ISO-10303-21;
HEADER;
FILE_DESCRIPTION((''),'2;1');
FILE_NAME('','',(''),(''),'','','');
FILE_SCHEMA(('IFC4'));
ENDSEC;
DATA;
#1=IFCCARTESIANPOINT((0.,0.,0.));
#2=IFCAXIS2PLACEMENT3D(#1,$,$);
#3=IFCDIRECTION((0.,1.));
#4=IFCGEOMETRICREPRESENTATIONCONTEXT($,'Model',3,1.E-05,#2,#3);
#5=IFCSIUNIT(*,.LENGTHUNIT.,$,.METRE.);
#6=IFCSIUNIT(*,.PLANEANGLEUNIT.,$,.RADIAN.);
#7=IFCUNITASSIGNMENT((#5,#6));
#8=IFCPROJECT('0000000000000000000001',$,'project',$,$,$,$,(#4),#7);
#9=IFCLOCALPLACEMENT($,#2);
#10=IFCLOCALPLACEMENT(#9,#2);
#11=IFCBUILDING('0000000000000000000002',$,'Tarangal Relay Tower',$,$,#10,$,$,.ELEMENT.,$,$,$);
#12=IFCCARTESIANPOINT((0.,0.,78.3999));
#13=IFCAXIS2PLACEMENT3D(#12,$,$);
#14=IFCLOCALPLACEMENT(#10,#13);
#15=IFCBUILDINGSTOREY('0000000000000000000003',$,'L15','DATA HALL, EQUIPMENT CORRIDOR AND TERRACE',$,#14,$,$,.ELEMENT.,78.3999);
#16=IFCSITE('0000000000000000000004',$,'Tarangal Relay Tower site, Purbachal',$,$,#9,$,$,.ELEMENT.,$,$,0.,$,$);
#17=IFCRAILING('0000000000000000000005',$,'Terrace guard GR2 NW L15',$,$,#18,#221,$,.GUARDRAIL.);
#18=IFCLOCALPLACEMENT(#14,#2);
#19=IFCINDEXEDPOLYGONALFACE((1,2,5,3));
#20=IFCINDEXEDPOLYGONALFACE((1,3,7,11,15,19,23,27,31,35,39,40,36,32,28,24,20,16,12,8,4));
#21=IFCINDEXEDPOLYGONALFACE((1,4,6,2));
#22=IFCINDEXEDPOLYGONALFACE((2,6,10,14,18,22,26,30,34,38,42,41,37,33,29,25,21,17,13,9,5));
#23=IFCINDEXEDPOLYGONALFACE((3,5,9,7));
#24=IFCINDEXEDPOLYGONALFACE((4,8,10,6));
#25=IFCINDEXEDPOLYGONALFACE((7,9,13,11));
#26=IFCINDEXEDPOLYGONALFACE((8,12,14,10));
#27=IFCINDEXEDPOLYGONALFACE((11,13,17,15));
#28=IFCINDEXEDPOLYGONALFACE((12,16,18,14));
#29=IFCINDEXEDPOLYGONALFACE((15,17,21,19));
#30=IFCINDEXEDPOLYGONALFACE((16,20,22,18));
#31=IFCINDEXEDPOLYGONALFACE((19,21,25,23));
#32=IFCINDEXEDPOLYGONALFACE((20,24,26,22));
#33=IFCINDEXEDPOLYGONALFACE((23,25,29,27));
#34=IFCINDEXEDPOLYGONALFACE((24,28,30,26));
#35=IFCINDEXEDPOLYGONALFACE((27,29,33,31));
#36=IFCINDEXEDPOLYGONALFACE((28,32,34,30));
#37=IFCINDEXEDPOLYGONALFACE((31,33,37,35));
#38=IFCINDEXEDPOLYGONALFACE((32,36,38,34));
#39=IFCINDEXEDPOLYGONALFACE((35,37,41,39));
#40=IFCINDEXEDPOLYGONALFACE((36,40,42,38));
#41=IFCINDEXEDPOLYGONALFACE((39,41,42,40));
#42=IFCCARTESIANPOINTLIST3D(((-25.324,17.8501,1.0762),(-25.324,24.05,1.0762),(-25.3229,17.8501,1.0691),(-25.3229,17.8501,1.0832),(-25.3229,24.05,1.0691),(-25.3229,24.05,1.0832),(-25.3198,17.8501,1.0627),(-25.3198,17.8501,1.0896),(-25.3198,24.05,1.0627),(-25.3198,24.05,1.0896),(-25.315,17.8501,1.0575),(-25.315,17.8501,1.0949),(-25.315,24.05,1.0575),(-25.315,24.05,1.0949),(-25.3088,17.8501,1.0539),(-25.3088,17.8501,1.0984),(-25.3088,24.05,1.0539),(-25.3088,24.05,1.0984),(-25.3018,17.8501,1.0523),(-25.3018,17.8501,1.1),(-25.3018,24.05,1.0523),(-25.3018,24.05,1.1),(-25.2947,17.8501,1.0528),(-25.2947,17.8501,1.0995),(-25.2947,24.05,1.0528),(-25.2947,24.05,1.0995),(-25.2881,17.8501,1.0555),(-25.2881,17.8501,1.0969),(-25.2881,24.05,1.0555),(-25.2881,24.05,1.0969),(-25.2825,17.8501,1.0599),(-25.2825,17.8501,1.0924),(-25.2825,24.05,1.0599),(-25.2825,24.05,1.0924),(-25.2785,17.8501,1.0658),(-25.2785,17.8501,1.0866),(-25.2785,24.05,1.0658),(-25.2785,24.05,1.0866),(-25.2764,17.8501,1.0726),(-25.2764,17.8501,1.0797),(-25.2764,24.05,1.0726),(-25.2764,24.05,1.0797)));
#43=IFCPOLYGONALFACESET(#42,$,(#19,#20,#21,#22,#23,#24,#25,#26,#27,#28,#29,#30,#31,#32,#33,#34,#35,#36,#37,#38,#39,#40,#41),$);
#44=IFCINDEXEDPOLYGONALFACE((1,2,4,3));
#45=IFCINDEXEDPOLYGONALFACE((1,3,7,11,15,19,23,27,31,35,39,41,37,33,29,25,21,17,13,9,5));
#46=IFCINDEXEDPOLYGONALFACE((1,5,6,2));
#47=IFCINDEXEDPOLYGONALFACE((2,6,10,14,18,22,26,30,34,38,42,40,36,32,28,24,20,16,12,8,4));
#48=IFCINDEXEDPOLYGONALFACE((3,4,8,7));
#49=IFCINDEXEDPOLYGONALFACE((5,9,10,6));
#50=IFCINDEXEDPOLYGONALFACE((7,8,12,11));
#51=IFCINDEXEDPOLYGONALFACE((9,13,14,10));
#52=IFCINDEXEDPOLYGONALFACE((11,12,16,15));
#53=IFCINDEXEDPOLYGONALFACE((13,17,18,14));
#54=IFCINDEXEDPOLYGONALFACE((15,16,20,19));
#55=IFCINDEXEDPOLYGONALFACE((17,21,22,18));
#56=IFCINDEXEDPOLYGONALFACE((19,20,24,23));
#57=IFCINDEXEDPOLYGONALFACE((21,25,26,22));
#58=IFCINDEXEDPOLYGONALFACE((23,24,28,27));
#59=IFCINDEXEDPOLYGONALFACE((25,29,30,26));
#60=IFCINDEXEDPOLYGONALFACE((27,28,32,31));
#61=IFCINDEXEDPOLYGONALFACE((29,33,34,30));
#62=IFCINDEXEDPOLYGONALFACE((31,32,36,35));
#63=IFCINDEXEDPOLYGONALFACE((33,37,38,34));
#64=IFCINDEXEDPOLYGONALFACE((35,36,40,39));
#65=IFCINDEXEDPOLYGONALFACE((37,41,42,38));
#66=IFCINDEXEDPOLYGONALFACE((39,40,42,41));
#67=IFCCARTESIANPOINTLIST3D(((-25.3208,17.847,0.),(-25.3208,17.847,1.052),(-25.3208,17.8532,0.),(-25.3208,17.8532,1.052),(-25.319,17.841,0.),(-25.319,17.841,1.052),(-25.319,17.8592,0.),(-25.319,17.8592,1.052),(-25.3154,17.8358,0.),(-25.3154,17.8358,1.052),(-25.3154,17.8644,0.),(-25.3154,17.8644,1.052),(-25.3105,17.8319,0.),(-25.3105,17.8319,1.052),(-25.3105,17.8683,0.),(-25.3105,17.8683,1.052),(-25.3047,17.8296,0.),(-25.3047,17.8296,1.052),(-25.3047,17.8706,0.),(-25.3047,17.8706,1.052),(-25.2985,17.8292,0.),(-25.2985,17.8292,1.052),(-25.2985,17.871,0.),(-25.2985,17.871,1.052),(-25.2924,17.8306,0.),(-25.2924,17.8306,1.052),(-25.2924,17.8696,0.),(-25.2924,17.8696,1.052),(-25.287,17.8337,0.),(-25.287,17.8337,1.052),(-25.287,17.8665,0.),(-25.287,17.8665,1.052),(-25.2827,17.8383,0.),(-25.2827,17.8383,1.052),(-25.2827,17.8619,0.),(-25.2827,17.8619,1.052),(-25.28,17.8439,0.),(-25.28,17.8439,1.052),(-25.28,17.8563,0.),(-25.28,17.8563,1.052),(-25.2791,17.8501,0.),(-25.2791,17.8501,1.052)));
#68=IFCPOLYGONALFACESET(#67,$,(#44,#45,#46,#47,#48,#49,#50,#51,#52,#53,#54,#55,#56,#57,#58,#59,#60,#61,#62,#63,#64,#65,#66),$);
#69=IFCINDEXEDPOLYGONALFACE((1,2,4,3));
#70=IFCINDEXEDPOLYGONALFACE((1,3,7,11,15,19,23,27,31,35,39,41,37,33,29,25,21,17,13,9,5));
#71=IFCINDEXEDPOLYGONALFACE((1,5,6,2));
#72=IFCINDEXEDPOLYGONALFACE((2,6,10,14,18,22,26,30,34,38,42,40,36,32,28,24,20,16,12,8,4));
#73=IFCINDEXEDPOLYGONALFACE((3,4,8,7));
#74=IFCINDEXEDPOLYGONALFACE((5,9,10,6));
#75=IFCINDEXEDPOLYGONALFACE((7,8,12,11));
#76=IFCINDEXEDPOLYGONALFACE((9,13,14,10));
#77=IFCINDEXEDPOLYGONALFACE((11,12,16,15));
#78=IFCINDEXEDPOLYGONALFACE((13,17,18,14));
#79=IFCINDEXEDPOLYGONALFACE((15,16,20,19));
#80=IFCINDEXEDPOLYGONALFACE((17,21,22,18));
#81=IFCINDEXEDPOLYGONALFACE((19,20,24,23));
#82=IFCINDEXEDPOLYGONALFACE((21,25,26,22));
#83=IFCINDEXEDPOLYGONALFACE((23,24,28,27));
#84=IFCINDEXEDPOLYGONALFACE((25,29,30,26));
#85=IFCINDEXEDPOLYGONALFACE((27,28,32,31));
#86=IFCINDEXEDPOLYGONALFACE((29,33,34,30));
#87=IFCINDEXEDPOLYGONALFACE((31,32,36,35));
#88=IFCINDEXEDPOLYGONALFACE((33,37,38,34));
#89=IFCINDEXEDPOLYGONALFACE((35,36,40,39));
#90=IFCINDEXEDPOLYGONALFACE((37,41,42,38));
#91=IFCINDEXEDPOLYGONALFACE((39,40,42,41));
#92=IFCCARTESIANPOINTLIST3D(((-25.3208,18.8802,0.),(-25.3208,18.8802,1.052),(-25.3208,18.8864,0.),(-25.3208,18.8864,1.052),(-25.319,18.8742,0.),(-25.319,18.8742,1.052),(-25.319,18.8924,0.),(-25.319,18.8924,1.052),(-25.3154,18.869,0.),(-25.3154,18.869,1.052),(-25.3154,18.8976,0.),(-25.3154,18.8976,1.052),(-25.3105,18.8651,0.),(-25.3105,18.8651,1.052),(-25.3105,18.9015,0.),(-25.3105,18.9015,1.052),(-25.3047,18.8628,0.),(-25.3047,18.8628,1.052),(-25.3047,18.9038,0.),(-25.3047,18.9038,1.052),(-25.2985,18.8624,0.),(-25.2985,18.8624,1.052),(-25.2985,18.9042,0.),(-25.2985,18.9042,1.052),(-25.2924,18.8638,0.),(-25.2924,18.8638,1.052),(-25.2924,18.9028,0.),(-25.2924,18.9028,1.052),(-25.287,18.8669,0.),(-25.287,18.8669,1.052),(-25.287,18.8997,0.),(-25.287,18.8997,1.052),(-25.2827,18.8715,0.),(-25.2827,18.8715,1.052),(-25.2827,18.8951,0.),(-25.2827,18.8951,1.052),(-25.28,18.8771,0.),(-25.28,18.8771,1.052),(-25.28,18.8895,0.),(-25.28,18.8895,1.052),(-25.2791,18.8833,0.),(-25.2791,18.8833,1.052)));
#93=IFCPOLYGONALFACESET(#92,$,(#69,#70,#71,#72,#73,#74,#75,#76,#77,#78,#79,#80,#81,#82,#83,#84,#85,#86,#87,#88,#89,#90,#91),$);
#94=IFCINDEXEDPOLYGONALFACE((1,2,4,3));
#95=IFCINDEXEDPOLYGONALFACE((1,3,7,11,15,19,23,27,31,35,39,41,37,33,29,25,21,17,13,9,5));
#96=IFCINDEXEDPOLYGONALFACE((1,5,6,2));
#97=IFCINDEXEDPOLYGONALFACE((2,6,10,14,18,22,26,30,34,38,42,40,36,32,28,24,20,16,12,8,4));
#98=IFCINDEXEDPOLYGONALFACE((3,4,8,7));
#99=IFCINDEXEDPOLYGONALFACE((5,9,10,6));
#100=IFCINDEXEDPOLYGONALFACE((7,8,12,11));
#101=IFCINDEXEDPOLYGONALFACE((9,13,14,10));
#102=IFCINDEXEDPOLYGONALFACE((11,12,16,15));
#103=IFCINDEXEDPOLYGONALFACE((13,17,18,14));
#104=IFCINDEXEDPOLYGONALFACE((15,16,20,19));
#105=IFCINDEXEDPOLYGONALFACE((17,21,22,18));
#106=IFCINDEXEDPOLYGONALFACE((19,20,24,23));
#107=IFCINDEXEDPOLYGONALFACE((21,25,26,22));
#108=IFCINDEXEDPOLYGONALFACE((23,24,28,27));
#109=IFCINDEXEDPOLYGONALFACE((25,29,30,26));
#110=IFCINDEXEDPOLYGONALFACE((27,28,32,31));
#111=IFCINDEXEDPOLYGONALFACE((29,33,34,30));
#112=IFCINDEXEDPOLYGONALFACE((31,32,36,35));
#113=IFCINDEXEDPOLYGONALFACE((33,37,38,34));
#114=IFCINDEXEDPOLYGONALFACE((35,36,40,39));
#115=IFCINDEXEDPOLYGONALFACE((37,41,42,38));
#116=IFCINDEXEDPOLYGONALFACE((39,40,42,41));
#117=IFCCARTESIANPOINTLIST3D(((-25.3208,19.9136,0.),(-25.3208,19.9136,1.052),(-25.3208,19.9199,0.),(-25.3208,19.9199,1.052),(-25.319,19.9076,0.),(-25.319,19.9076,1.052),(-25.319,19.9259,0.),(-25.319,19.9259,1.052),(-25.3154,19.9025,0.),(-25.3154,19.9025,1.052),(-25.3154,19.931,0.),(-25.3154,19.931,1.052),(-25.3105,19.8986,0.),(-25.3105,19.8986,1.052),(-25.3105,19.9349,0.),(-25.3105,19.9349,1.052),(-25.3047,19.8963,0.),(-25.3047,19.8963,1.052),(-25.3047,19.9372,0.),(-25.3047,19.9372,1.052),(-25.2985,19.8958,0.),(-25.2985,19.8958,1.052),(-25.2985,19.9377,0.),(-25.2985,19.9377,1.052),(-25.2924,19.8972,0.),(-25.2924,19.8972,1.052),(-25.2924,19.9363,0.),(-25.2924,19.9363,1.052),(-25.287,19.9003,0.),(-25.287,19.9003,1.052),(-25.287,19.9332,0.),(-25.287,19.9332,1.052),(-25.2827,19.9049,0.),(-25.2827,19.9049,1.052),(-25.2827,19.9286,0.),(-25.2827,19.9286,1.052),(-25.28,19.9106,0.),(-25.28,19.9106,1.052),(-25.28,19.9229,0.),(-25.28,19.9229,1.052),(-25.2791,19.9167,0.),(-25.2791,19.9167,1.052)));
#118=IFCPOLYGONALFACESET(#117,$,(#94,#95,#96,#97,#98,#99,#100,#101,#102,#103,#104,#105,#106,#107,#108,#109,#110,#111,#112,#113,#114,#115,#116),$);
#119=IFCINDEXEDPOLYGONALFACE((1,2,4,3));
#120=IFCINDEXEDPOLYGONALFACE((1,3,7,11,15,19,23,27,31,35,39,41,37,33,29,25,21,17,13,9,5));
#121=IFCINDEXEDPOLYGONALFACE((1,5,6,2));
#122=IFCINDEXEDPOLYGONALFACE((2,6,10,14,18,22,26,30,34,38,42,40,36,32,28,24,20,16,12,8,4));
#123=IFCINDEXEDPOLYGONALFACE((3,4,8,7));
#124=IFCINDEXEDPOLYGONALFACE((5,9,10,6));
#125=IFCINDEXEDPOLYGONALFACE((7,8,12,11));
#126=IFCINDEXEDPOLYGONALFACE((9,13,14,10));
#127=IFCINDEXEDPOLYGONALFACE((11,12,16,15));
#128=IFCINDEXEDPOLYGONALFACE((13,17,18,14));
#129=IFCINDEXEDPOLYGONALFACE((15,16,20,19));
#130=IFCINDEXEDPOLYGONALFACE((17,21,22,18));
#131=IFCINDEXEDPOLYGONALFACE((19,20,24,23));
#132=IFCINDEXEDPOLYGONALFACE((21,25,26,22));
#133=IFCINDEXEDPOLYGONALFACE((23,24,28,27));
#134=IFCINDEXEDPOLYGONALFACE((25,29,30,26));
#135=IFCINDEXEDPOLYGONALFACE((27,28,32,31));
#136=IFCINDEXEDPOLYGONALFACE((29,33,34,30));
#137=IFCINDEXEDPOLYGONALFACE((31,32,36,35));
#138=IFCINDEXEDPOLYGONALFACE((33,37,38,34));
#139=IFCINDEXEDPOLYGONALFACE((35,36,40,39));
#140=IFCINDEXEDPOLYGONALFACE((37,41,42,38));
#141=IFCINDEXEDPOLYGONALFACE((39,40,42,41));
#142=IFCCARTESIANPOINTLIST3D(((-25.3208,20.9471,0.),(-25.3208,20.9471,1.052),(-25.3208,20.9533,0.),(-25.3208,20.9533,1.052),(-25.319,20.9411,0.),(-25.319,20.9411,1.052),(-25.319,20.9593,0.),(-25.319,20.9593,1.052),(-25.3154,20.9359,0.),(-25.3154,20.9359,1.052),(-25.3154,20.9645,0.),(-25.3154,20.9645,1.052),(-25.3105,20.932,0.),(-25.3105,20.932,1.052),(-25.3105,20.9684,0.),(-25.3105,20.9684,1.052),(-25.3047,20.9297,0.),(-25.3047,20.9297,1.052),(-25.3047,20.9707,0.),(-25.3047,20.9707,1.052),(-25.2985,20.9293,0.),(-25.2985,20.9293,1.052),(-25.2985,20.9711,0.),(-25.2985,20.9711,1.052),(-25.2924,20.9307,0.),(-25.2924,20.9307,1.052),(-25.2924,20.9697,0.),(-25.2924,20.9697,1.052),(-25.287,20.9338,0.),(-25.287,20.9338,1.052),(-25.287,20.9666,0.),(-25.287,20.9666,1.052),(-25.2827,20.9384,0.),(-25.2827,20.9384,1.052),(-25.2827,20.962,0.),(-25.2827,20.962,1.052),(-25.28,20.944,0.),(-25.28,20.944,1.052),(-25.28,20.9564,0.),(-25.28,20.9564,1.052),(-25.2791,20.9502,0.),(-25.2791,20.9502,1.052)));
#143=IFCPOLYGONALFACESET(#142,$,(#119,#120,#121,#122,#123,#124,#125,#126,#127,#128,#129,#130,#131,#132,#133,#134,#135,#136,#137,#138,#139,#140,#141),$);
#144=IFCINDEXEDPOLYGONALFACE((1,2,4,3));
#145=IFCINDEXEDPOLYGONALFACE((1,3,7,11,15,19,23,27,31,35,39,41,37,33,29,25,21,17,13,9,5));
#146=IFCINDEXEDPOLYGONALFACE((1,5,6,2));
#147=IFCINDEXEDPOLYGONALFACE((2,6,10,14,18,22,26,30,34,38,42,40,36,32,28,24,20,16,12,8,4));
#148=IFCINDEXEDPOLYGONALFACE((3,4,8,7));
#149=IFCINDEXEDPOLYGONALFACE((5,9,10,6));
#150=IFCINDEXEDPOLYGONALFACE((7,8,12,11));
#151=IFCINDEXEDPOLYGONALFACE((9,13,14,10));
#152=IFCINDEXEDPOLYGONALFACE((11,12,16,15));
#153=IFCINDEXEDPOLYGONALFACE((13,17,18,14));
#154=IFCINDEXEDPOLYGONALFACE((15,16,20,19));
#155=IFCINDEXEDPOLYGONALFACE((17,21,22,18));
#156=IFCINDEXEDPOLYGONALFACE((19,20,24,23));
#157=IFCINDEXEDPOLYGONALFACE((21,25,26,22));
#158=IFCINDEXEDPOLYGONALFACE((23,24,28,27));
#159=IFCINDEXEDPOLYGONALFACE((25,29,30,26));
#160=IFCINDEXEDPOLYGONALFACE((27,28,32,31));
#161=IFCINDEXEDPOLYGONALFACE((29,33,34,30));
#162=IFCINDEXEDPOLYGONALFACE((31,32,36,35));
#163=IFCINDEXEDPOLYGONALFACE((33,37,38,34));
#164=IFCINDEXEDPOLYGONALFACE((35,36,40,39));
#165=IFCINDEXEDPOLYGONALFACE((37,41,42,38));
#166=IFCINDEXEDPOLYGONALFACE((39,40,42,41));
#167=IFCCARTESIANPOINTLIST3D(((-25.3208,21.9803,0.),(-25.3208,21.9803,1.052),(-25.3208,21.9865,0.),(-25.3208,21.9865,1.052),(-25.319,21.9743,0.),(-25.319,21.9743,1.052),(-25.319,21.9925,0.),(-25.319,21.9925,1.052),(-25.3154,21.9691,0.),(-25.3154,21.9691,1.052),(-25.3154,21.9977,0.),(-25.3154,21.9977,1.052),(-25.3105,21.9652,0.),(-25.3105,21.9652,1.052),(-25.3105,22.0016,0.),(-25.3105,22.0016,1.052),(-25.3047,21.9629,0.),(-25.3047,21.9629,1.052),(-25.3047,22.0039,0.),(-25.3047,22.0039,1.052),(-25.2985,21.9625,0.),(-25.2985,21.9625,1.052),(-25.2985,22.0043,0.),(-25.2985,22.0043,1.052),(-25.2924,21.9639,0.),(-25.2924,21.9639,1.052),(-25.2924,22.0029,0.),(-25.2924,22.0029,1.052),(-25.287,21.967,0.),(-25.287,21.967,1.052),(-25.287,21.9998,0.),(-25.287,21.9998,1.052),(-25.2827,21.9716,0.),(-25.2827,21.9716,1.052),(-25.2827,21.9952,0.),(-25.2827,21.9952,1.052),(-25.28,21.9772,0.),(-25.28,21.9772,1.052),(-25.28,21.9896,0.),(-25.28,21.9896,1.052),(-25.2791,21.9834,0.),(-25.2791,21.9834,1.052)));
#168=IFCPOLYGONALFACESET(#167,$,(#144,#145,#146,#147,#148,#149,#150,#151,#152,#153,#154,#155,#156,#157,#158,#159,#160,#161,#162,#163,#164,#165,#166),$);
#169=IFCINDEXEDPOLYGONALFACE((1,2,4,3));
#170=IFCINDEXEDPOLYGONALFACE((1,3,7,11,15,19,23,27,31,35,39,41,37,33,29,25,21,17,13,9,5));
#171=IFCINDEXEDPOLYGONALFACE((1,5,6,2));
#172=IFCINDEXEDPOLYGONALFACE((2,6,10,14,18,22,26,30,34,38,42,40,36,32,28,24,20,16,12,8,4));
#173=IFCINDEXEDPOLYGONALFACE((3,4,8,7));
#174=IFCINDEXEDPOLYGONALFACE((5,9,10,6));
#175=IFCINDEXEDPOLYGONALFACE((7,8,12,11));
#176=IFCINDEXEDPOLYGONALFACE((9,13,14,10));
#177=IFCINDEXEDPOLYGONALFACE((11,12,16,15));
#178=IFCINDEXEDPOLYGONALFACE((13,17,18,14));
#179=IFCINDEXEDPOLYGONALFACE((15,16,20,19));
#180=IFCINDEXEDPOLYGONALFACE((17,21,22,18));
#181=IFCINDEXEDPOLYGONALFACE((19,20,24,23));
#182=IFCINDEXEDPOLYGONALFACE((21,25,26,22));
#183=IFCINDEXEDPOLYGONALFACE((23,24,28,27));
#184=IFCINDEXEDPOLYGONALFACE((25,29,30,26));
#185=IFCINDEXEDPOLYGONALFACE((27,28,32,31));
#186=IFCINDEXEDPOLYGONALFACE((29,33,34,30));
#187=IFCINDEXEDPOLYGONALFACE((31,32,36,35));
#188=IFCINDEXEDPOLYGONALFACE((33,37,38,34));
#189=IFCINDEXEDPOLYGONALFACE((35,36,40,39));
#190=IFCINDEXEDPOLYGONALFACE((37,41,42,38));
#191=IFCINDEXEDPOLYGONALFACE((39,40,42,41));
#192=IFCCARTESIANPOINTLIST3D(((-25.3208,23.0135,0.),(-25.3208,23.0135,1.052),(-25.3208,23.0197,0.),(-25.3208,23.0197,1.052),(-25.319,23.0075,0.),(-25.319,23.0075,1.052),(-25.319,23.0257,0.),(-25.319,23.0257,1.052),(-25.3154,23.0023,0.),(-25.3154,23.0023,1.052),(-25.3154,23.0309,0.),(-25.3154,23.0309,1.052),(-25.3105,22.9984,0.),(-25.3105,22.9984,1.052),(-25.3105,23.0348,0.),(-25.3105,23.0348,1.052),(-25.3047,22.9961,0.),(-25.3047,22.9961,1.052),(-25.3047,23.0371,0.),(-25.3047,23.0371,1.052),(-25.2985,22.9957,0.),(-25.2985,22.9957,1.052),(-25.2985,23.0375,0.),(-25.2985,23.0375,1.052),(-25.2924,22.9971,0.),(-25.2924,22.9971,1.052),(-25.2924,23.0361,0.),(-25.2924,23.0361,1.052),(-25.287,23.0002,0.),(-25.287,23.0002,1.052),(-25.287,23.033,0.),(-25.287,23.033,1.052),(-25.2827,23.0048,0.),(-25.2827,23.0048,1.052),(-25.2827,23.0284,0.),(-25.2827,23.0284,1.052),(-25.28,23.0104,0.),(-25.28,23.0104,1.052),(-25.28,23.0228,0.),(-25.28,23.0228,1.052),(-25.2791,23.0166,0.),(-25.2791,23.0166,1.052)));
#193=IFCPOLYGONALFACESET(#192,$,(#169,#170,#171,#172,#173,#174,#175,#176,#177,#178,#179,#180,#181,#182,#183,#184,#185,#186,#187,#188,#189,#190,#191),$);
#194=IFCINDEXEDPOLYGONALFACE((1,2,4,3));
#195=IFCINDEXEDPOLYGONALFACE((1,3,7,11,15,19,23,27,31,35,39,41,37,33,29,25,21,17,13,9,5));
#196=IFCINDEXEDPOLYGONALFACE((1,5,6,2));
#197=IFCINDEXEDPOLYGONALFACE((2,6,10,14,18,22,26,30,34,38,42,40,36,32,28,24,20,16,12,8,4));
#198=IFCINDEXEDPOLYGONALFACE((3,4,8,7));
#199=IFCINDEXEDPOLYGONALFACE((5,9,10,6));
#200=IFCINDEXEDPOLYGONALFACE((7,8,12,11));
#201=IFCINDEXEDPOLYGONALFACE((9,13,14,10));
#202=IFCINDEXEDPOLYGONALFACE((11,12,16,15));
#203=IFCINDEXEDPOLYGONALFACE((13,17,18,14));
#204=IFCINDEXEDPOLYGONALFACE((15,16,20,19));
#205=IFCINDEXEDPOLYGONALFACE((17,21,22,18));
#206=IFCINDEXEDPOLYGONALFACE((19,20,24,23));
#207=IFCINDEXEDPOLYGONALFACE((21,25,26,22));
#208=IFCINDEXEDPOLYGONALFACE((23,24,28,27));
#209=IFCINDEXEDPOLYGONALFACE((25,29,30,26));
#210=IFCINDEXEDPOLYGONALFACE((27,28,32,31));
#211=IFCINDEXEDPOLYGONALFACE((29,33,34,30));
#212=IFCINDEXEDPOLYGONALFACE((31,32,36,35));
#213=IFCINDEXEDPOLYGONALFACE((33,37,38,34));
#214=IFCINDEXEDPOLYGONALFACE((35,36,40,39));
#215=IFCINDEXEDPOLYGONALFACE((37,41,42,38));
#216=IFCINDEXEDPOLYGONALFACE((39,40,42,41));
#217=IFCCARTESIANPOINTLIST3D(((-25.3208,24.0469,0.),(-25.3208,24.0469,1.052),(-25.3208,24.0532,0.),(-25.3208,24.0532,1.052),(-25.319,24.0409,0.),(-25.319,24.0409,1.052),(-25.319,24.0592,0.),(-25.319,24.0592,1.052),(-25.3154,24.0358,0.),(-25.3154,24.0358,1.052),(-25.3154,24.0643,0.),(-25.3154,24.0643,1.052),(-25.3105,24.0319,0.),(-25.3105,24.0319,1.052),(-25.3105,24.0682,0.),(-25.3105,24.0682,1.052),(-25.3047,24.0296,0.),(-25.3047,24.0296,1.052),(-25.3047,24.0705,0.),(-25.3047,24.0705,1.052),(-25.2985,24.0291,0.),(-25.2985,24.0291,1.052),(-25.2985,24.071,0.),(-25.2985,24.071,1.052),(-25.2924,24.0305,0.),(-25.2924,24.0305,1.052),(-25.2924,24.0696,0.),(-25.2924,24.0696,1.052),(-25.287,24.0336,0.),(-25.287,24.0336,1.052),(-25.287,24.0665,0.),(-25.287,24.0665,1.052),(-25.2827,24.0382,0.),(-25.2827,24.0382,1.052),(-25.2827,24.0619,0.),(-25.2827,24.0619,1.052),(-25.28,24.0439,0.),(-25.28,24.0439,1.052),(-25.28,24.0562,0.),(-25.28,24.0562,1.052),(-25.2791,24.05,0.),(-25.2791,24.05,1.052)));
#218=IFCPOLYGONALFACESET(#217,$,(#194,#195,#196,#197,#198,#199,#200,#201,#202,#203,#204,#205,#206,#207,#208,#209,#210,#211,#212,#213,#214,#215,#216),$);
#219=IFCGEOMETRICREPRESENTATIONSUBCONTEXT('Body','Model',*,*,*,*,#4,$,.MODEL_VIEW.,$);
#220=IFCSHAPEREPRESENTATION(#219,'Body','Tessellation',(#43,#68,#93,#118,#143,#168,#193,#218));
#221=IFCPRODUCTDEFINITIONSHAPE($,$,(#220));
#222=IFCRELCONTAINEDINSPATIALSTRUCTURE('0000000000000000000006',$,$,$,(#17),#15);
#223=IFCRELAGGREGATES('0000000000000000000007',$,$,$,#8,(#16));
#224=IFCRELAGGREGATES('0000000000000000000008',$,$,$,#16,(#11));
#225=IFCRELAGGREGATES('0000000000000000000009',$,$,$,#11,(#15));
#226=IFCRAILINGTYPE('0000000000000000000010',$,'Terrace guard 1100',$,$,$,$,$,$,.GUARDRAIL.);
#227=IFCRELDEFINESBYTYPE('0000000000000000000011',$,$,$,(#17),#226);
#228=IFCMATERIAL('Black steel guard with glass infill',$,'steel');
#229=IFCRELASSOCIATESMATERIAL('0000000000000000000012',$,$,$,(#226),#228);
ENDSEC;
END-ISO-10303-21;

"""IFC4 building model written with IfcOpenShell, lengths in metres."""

from ifc_helpers import new_model, si_unit, direction, frame, origin, origin_2d, place, context, subcontext, project, spatial, circle, extrude, material, type_object, element, save


model = new_model("IFC4")

# Units and contexts
model_context = context("Model", 3, precision=1e-05, world=origin(), true_north=direction((0.0, 1.0)))
body_context = subcontext(model_context, "Body", "Model", "MODEL_VIEW")
ifc_project = project(units=[si_unit("LENGTHUNIT", "METRE"), si_unit("PLANEANGLEUNIT", "RADIAN")], contexts=[model_context])

# Site, building, storey
site_placement = place(None, origin())
site = spatial("IfcSite", under=ifc_project, at=site_placement, Name="Tarangal Relay Tower site, Purbachal", CompositionType="ELEMENT", RefElevation=0.0)
building_placement = place(site_placement, origin())
building = spatial("IfcBuilding", under=site, at=building_placement, Name="Tarangal Relay Tower", CompositionType="ELEMENT")
storey_placement = place(building_placement, frame((0.0, 0.0, 78.3999)))
storey = spatial("IfcBuildingStorey", under=building, at=storey_placement, Name="L15", Description="DATA HALL, EQUIPMENT CORRIDOR AND TERRACE", CompositionType="ELEMENT", Elevation=78.3999)

# Railing
ifc_material_1 = material(Name="Black steel guard with glass infill", Category="steel")
railing_type = type_object("IfcRailingType", Name="Terrace guard 1100", PredefinedType="GUARDRAIL", material=ifc_material_1)
railing_1_placement = place(storey_placement, frame((-25.3, 17.8501, 0.0)))
element("IfcRailing", 1, at=railing_1_placement, inside=storey, type_object=railing_type, Name="Terrace guard GR2 NW L15", PredefinedType="GUARDRAIL", context=body_context, shape_type="SweptSolid", body=[
    extrude(circle(Radius=0.0239, at=origin_2d()), frame((0.0, 0.0, 1.0762), z_axis=(0.0, 1.0, 0.0), x_axis=(-1.0, 0.0, 0.0)), (0.0, 0.0, 1.0), 6.2),
    extrude(circle(Radius=0.021, at=origin_2d()), origin(), (0.0, 0.0, 1.0), 1.052),
    extrude(circle(Radius=0.021, at=origin_2d()), frame((0.0, 1.0332, 0.0)), (0.0, 0.0, 1.0), 1.052),
    extrude(circle(Radius=0.021, at=origin_2d()), frame((0.0, 2.0667, 0.0)), (0.0, 0.0, 1.0), 1.052),
    extrude(circle(Radius=0.021, at=origin_2d()), frame((0.0, 3.1001, 0.0)), (0.0, 0.0, 1.0), 1.052),
    extrude(circle(Radius=0.021, at=origin_2d()), frame((0.0, 4.1333, 0.0)), (0.0, 0.0, 1.0), 1.052),
    extrude(circle(Radius=0.021, at=origin_2d()), frame((0.0, 5.1665, 0.0)), (0.0, 0.0, 1.0), 1.052),
    extrude(circle(Radius=0.021, at=origin_2d()), frame((0.0, 6.2, 0.0)), (0.0, 0.0, 1.0), 1.052),
])

save(model, "model.ifc")
